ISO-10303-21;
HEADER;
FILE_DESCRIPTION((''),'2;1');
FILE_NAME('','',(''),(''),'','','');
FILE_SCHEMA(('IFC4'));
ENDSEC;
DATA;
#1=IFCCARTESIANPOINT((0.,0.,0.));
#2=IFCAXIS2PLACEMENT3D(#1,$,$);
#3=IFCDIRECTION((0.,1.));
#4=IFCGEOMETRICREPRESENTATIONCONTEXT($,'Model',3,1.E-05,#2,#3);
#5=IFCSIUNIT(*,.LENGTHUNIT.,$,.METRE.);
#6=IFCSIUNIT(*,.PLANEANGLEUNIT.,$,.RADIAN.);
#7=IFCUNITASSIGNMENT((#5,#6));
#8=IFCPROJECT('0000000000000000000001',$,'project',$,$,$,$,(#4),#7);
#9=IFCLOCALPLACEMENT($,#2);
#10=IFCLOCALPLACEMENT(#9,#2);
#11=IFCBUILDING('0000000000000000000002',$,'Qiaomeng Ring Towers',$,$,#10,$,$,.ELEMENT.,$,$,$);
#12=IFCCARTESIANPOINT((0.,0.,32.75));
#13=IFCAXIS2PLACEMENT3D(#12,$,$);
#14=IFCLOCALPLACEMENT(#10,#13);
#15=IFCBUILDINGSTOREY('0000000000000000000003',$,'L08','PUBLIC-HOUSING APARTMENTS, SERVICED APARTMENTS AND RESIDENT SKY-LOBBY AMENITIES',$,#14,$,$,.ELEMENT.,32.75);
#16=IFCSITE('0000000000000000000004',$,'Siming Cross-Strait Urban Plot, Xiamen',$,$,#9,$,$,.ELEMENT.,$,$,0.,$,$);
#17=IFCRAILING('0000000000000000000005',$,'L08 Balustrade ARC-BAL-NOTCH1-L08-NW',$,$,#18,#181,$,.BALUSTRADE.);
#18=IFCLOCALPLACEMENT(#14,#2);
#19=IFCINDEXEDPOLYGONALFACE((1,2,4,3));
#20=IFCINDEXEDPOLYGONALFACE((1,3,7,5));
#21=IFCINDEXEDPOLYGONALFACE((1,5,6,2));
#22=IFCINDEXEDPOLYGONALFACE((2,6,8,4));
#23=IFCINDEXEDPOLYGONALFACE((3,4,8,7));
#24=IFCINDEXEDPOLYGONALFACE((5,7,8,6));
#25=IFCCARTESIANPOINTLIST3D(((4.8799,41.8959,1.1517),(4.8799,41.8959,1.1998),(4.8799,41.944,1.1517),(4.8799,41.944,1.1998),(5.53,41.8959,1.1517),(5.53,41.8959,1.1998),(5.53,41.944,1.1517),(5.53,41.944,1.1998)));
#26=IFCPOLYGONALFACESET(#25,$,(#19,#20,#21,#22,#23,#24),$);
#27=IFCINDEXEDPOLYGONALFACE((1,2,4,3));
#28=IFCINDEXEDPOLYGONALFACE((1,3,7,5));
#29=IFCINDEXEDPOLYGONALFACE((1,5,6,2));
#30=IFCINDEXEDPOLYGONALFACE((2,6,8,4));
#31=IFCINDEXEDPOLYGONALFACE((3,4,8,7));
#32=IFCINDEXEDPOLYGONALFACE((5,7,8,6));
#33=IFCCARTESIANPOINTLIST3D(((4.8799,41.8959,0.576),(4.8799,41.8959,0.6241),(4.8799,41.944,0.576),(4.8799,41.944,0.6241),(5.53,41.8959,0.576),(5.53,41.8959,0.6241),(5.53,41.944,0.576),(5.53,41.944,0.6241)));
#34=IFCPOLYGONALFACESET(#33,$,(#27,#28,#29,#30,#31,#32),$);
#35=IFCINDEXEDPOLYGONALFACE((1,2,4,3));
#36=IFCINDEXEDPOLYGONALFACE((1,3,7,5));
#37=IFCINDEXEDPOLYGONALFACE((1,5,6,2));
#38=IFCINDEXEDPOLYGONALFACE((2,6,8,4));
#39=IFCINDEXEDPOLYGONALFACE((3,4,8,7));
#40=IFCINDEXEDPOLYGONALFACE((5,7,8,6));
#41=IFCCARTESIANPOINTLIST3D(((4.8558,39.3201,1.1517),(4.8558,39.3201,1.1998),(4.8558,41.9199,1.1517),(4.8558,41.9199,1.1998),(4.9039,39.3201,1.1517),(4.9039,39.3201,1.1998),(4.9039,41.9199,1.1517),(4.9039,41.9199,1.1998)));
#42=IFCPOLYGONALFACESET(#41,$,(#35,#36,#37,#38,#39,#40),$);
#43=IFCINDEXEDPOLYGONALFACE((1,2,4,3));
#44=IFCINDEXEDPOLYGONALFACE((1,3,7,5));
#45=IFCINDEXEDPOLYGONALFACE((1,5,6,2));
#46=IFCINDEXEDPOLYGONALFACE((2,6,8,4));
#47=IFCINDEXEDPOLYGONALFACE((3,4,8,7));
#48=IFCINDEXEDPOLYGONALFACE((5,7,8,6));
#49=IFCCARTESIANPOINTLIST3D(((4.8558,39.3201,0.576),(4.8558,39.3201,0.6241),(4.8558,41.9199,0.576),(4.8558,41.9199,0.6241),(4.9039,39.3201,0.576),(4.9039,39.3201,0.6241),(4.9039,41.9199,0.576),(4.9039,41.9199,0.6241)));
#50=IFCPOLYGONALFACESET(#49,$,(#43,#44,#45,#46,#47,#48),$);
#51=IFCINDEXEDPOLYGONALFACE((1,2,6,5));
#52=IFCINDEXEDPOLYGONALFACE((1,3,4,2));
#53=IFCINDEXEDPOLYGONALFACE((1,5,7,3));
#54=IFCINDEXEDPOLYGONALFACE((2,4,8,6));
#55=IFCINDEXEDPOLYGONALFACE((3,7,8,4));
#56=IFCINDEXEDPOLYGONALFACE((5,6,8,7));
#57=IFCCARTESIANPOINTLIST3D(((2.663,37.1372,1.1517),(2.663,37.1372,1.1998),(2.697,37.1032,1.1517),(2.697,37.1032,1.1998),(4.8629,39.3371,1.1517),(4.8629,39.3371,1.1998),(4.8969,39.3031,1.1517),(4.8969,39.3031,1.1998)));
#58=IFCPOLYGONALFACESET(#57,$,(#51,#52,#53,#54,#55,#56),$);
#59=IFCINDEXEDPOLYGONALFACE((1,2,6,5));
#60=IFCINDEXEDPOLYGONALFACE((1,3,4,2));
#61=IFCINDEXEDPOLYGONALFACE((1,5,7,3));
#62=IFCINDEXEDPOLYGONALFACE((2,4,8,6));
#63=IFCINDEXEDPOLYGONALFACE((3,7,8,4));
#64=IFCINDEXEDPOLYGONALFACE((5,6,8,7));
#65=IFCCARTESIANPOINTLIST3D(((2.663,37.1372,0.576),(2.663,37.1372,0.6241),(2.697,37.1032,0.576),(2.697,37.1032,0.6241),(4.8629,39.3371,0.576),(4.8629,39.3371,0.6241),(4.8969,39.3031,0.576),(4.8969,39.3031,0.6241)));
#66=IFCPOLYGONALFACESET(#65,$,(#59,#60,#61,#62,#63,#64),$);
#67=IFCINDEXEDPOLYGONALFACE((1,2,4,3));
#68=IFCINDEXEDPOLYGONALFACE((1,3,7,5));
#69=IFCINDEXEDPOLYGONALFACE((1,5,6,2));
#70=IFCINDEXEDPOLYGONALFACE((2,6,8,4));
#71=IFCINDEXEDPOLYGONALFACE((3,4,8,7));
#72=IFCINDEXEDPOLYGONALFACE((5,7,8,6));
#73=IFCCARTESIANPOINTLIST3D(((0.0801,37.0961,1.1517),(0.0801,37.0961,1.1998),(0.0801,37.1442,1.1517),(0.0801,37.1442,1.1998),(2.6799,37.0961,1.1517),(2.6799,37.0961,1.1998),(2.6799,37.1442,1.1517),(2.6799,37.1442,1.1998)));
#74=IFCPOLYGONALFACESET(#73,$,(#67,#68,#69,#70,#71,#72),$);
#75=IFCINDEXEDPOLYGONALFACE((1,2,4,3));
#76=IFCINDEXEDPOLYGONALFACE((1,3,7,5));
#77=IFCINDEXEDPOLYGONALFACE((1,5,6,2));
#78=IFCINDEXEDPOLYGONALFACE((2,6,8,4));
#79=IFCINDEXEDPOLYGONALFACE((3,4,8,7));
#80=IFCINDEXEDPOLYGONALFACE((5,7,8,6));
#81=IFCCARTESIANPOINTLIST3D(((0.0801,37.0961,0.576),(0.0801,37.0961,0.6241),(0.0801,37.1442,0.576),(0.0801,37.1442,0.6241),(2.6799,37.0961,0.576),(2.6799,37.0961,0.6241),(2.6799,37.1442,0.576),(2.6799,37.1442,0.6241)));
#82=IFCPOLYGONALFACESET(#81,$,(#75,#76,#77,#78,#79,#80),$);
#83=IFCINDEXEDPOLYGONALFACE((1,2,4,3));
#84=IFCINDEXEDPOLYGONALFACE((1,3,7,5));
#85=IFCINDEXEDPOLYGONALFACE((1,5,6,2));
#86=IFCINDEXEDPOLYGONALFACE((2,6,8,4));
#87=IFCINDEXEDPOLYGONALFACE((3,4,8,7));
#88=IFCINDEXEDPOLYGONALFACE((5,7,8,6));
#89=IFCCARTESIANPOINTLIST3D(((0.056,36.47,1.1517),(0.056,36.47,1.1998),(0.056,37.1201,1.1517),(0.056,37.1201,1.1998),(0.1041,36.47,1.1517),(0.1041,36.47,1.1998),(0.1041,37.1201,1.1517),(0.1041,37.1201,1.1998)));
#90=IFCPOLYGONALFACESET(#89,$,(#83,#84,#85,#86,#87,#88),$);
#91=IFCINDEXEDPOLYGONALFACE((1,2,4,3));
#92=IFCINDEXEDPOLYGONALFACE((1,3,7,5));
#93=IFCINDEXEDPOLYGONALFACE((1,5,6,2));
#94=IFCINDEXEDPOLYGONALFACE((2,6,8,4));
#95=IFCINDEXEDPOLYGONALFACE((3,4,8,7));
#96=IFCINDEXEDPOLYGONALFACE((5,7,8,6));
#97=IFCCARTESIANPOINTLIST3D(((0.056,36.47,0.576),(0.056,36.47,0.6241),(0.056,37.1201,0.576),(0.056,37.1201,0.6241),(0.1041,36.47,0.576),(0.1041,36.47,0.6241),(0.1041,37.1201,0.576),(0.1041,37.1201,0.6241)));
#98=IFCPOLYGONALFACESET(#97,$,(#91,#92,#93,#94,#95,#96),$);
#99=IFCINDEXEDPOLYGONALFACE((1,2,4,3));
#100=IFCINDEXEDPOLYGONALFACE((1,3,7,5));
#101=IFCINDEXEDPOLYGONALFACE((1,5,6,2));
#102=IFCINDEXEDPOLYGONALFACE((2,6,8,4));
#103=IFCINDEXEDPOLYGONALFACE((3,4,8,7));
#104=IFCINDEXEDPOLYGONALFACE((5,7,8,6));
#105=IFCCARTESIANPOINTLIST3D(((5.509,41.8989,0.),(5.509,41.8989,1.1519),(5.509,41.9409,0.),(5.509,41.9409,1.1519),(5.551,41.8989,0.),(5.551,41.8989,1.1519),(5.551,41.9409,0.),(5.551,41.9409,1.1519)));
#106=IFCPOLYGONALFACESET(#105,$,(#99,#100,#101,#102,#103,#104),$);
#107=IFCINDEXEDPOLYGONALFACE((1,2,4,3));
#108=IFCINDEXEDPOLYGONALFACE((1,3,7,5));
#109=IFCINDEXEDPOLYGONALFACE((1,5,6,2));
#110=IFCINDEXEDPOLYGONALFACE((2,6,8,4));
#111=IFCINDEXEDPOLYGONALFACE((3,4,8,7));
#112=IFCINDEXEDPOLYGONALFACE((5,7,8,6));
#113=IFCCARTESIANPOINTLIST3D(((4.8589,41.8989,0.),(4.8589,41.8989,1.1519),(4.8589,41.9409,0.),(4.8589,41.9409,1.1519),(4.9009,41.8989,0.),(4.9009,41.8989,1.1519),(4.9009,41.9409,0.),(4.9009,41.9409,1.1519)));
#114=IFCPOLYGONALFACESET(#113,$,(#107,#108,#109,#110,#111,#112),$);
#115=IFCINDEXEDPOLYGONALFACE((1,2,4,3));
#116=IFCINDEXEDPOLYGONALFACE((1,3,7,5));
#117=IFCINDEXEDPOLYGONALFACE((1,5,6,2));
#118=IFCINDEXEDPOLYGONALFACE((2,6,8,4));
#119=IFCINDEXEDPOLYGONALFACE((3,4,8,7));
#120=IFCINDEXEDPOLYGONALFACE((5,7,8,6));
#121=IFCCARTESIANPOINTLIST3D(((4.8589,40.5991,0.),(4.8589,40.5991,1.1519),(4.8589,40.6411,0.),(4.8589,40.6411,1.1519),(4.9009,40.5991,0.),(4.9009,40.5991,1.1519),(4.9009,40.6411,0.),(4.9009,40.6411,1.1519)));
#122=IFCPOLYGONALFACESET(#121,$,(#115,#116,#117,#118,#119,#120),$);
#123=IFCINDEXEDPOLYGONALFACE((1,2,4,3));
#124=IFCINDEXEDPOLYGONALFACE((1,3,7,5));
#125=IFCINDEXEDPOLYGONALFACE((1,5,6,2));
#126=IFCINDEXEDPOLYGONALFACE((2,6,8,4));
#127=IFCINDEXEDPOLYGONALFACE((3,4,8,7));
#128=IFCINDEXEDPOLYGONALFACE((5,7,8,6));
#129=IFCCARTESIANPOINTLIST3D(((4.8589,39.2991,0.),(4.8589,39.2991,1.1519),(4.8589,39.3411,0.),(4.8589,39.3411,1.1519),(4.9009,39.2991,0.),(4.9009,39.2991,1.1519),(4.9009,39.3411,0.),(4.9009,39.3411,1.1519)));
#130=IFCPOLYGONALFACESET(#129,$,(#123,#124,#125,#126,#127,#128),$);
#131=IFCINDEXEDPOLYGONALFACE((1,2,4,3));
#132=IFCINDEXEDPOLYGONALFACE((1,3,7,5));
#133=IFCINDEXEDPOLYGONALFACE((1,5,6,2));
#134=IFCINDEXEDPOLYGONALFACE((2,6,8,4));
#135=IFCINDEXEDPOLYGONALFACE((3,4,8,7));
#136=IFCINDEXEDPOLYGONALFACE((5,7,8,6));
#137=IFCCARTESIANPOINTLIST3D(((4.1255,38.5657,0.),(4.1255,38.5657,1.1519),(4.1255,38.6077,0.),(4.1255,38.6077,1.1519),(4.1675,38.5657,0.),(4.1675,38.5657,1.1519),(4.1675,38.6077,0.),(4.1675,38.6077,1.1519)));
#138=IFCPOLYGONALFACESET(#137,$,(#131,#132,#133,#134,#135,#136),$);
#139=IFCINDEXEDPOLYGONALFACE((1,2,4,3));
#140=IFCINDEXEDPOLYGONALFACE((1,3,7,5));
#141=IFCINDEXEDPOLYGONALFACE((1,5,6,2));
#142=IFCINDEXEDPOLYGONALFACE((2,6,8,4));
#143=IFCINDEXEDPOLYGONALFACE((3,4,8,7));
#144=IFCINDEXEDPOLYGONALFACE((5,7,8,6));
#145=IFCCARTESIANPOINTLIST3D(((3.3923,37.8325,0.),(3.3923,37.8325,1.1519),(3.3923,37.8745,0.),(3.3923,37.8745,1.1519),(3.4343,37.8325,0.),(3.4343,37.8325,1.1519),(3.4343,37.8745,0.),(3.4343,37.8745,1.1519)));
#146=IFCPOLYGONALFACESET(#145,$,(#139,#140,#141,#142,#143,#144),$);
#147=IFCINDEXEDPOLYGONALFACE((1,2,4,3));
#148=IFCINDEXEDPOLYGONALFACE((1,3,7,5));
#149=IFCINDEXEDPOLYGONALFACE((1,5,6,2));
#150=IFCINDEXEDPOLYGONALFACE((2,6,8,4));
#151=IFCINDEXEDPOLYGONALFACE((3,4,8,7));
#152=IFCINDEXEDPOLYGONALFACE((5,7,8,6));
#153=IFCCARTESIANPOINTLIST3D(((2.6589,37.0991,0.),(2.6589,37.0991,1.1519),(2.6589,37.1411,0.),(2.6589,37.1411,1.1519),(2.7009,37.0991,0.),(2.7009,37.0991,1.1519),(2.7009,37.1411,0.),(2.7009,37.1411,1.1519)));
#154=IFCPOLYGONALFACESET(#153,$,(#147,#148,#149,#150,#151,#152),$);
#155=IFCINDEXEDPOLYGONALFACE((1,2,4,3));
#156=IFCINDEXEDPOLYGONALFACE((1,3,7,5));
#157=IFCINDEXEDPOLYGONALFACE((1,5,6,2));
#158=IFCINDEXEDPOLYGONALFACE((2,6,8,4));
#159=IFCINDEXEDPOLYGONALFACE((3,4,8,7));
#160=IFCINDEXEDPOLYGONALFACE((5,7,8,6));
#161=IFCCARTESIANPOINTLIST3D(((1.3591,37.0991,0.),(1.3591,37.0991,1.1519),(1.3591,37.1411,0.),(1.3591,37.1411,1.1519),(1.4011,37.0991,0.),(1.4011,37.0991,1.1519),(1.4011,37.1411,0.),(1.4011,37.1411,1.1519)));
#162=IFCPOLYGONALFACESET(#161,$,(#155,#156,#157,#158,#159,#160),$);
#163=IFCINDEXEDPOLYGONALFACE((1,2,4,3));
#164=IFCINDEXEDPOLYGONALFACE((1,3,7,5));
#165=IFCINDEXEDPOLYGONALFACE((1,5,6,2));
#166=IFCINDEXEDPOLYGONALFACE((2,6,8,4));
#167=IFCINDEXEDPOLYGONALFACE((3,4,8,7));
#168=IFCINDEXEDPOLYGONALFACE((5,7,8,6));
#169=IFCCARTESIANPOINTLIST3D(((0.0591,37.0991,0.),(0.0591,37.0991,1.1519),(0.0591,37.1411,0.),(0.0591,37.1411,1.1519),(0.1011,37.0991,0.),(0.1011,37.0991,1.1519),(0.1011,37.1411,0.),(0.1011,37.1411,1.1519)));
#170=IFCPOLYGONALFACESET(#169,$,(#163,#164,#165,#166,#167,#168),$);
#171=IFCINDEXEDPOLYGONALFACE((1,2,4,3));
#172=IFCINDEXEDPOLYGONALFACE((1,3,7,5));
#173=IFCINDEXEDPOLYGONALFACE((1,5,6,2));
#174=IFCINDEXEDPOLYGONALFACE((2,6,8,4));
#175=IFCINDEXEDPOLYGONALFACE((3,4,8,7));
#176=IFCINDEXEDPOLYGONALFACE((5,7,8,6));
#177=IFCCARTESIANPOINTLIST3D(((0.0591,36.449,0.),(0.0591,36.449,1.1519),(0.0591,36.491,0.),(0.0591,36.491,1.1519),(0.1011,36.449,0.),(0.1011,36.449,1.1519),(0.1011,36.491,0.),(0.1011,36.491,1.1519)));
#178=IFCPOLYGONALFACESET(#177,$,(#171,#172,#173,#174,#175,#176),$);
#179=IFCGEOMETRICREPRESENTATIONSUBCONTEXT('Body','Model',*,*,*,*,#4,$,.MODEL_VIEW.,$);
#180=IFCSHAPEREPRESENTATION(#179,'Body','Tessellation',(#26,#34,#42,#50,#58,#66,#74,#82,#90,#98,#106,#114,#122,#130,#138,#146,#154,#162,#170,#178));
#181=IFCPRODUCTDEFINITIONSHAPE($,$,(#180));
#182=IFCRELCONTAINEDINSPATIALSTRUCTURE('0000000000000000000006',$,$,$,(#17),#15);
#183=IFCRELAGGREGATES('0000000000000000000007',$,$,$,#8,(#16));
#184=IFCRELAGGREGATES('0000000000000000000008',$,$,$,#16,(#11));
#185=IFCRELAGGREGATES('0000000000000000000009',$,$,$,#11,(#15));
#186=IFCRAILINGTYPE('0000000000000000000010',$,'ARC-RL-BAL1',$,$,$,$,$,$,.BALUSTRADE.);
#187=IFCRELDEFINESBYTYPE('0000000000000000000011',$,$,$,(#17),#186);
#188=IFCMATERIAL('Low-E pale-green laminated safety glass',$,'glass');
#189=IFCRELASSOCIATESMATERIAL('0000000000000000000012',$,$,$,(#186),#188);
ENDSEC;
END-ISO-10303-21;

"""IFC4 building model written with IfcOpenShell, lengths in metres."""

from ifc_helpers import new_model, si_unit, direction, frame, origin, origin_2d, place, context, subcontext, project, spatial, rectangle, extrude, material, type_object, element, save


model = new_model("IFC4")

# Units and contexts
model_context = context("Model", 3, precision=1e-05, world=origin(), true_north=direction((0.0, 1.0)))
body_context = subcontext(model_context, "Body", "Model", "MODEL_VIEW")
ifc_project = project(units=[si_unit("LENGTHUNIT", "METRE"), si_unit("PLANEANGLEUNIT", "RADIAN")], contexts=[model_context])

# Site, building, storey
site_placement = place(None, origin())
site = spatial("IfcSite", under=ifc_project, at=site_placement, Name="Siming Cross-Strait Urban Plot, Xiamen", CompositionType="ELEMENT", RefElevation=0.0)
building_placement = place(site_placement, origin())
building = spatial("IfcBuilding", under=site, at=building_placement, Name="Qiaomeng Ring Towers", CompositionType="ELEMENT")
storey_placement = place(building_placement, frame((0.0, 0.0, 32.75)))
storey = spatial("IfcBuildingStorey", under=building, at=storey_placement, Name="L08", Description="PUBLIC-HOUSING APARTMENTS, SERVICED APARTMENTS AND RESIDENT SKY-LOBBY AMENITIES", CompositionType="ELEMENT", Elevation=32.75)

# Railing
ifc_material_1 = material(Name="Low-E pale-green laminated safety glass", Category="glass")
railing_type = type_object("IfcRailingType", Name="ARC-RL-BAL1", PredefinedType="BALUSTRADE", material=ifc_material_1)
railing_placement = place(storey_placement, frame((5.53, 41.9199, 0.0)))
element("IfcRailing", 1, at=railing_placement, inside=storey, type_object=railing_type, Name="L08 Balustrade ARC-BAL-NOTCH1-L08-NW", PredefinedType="BALUSTRADE", context=body_context, shape_type="SweptSolid", body=[
    extrude(rectangle(XDim=0.0481, YDim=0.0481, at=origin_2d()), frame((0.0, 0.0, 1.1758), z_axis=(-1.0, 0.0, 0.0), x_axis=(0.0, -1.0, 0.0)), (0.0, 0.0, 1.0), 0.6501),
    extrude(rectangle(XDim=0.0481, YDim=0.0481, at=origin_2d()), frame((0.0, 0.0, 0.6001), z_axis=(-1.0, 0.0, 0.0), x_axis=(0.0, -1.0, 0.0)), (0.0, 0.0, 1.0), 0.6501),
    extrude(rectangle(XDim=0.0481, YDim=0.0481, at=origin_2d()), frame((-0.6501, 0.0, 1.1758), z_axis=(0.0, -1.0, 0.0), x_axis=(1.0, 0.0, 0.0)), (0.0, 0.0, 1.0), 2.5999),
    extrude(rectangle(XDim=0.0481, YDim=0.0481, at=origin_2d()), frame((-0.6501, 0.0, 0.6001), z_axis=(0.0, -1.0, 0.0), x_axis=(1.0, 0.0, 0.0)), (0.0, 0.0, 1.0), 2.5999),
    extrude(rectangle(XDim=0.0481, YDim=0.0481, at=origin_2d()), frame((-0.6501, -2.5999, 1.1758), z_axis=(-0.707107, -0.707107, 0.0), x_axis=(0.707107, -0.707107, 0.0)), (0.0, 0.0, 1.0), 3.1111),
    extrude(rectangle(XDim=0.0481, YDim=0.0481, at=origin_2d()), frame((-0.6501, -2.5999, 0.6001), z_axis=(-0.707107, -0.707107, 0.0), x_axis=(0.707107, -0.707107, 0.0)), (0.0, 0.0, 1.0), 3.1111),
    extrude(rectangle(XDim=0.0481, YDim=0.0481, at=origin_2d()), frame((-2.8501, -4.7998, 1.1758), z_axis=(-1.0, 0.0, 0.0), x_axis=(0.0, -1.0, 0.0)), (0.0, 0.0, 1.0), 2.5999),
    extrude(rectangle(XDim=0.0481, YDim=0.0481, at=origin_2d()), frame((-2.8501, -4.7998, 0.6001), z_axis=(-1.0, 0.0, 0.0), x_axis=(0.0, -1.0, 0.0)), (0.0, 0.0, 1.0), 2.5999),
    extrude(rectangle(XDim=0.0481, YDim=0.0481, at=origin_2d()), frame((-5.45, -4.7998, 1.1758), z_axis=(0.0, -1.0, 0.0), x_axis=(1.0, 0.0, 0.0)), (0.0, 0.0, 1.0), 0.6501),
    extrude(rectangle(XDim=0.0481, YDim=0.0481, at=origin_2d()), frame((-5.45, -4.7998, 0.6001), z_axis=(0.0, -1.0, 0.0), x_axis=(1.0, 0.0, 0.0)), (0.0, 0.0, 1.0), 0.6501),
    extrude(rectangle(XDim=0.042, YDim=0.042, at=origin_2d()), origin(), (0.0, 0.0, 1.0), 1.1519),
    extrude(rectangle(XDim=0.042, YDim=0.042, at=origin_2d()), frame((-0.6501, 0.0, 0.0)), (0.0, 0.0, 1.0), 1.1519),
    extrude(rectangle(XDim=0.042, YDim=0.042, at=origin_2d()), frame((-0.6501, -1.2998, 0.0)), (0.0, 0.0, 1.0), 1.1519),
    extrude(rectangle(XDim=0.042, YDim=0.042, at=origin_2d()), frame((-0.6501, -2.5999, 0.0)), (0.0, 0.0, 1.0), 1.1519),
    extrude(rectangle(XDim=0.042, YDim=0.042, at=origin_2d()), frame((-1.3835, -3.3333, 0.0)), (0.0, 0.0, 1.0), 1.1519),
    extrude(rectangle(XDim=0.042, YDim=0.042, at=origin_2d()), frame((-2.1167, -4.0664, 0.0)), (0.0, 0.0, 1.0), 1.1519),
    extrude(rectangle(XDim=0.042, YDim=0.042, at=origin_2d()), frame((-2.8501, -4.7998, 0.0)), (0.0, 0.0, 1.0), 1.1519),
    extrude(rectangle(XDim=0.042, YDim=0.042, at=origin_2d()), frame((-4.1499, -4.7998, 0.0)), (0.0, 0.0, 1.0), 1.1519),
    extrude(rectangle(XDim=0.042, YDim=0.042, at=origin_2d()), frame((-5.45, -4.7998, 0.0)), (0.0, 0.0, 1.0), 1.1519),
    extrude(rectangle(XDim=0.042, YDim=0.042, at=origin_2d()), frame((-5.45, -5.45, 0.0)), (0.0, 0.0, 1.0), 1.1519),
])

save(model, "model.ifc")
